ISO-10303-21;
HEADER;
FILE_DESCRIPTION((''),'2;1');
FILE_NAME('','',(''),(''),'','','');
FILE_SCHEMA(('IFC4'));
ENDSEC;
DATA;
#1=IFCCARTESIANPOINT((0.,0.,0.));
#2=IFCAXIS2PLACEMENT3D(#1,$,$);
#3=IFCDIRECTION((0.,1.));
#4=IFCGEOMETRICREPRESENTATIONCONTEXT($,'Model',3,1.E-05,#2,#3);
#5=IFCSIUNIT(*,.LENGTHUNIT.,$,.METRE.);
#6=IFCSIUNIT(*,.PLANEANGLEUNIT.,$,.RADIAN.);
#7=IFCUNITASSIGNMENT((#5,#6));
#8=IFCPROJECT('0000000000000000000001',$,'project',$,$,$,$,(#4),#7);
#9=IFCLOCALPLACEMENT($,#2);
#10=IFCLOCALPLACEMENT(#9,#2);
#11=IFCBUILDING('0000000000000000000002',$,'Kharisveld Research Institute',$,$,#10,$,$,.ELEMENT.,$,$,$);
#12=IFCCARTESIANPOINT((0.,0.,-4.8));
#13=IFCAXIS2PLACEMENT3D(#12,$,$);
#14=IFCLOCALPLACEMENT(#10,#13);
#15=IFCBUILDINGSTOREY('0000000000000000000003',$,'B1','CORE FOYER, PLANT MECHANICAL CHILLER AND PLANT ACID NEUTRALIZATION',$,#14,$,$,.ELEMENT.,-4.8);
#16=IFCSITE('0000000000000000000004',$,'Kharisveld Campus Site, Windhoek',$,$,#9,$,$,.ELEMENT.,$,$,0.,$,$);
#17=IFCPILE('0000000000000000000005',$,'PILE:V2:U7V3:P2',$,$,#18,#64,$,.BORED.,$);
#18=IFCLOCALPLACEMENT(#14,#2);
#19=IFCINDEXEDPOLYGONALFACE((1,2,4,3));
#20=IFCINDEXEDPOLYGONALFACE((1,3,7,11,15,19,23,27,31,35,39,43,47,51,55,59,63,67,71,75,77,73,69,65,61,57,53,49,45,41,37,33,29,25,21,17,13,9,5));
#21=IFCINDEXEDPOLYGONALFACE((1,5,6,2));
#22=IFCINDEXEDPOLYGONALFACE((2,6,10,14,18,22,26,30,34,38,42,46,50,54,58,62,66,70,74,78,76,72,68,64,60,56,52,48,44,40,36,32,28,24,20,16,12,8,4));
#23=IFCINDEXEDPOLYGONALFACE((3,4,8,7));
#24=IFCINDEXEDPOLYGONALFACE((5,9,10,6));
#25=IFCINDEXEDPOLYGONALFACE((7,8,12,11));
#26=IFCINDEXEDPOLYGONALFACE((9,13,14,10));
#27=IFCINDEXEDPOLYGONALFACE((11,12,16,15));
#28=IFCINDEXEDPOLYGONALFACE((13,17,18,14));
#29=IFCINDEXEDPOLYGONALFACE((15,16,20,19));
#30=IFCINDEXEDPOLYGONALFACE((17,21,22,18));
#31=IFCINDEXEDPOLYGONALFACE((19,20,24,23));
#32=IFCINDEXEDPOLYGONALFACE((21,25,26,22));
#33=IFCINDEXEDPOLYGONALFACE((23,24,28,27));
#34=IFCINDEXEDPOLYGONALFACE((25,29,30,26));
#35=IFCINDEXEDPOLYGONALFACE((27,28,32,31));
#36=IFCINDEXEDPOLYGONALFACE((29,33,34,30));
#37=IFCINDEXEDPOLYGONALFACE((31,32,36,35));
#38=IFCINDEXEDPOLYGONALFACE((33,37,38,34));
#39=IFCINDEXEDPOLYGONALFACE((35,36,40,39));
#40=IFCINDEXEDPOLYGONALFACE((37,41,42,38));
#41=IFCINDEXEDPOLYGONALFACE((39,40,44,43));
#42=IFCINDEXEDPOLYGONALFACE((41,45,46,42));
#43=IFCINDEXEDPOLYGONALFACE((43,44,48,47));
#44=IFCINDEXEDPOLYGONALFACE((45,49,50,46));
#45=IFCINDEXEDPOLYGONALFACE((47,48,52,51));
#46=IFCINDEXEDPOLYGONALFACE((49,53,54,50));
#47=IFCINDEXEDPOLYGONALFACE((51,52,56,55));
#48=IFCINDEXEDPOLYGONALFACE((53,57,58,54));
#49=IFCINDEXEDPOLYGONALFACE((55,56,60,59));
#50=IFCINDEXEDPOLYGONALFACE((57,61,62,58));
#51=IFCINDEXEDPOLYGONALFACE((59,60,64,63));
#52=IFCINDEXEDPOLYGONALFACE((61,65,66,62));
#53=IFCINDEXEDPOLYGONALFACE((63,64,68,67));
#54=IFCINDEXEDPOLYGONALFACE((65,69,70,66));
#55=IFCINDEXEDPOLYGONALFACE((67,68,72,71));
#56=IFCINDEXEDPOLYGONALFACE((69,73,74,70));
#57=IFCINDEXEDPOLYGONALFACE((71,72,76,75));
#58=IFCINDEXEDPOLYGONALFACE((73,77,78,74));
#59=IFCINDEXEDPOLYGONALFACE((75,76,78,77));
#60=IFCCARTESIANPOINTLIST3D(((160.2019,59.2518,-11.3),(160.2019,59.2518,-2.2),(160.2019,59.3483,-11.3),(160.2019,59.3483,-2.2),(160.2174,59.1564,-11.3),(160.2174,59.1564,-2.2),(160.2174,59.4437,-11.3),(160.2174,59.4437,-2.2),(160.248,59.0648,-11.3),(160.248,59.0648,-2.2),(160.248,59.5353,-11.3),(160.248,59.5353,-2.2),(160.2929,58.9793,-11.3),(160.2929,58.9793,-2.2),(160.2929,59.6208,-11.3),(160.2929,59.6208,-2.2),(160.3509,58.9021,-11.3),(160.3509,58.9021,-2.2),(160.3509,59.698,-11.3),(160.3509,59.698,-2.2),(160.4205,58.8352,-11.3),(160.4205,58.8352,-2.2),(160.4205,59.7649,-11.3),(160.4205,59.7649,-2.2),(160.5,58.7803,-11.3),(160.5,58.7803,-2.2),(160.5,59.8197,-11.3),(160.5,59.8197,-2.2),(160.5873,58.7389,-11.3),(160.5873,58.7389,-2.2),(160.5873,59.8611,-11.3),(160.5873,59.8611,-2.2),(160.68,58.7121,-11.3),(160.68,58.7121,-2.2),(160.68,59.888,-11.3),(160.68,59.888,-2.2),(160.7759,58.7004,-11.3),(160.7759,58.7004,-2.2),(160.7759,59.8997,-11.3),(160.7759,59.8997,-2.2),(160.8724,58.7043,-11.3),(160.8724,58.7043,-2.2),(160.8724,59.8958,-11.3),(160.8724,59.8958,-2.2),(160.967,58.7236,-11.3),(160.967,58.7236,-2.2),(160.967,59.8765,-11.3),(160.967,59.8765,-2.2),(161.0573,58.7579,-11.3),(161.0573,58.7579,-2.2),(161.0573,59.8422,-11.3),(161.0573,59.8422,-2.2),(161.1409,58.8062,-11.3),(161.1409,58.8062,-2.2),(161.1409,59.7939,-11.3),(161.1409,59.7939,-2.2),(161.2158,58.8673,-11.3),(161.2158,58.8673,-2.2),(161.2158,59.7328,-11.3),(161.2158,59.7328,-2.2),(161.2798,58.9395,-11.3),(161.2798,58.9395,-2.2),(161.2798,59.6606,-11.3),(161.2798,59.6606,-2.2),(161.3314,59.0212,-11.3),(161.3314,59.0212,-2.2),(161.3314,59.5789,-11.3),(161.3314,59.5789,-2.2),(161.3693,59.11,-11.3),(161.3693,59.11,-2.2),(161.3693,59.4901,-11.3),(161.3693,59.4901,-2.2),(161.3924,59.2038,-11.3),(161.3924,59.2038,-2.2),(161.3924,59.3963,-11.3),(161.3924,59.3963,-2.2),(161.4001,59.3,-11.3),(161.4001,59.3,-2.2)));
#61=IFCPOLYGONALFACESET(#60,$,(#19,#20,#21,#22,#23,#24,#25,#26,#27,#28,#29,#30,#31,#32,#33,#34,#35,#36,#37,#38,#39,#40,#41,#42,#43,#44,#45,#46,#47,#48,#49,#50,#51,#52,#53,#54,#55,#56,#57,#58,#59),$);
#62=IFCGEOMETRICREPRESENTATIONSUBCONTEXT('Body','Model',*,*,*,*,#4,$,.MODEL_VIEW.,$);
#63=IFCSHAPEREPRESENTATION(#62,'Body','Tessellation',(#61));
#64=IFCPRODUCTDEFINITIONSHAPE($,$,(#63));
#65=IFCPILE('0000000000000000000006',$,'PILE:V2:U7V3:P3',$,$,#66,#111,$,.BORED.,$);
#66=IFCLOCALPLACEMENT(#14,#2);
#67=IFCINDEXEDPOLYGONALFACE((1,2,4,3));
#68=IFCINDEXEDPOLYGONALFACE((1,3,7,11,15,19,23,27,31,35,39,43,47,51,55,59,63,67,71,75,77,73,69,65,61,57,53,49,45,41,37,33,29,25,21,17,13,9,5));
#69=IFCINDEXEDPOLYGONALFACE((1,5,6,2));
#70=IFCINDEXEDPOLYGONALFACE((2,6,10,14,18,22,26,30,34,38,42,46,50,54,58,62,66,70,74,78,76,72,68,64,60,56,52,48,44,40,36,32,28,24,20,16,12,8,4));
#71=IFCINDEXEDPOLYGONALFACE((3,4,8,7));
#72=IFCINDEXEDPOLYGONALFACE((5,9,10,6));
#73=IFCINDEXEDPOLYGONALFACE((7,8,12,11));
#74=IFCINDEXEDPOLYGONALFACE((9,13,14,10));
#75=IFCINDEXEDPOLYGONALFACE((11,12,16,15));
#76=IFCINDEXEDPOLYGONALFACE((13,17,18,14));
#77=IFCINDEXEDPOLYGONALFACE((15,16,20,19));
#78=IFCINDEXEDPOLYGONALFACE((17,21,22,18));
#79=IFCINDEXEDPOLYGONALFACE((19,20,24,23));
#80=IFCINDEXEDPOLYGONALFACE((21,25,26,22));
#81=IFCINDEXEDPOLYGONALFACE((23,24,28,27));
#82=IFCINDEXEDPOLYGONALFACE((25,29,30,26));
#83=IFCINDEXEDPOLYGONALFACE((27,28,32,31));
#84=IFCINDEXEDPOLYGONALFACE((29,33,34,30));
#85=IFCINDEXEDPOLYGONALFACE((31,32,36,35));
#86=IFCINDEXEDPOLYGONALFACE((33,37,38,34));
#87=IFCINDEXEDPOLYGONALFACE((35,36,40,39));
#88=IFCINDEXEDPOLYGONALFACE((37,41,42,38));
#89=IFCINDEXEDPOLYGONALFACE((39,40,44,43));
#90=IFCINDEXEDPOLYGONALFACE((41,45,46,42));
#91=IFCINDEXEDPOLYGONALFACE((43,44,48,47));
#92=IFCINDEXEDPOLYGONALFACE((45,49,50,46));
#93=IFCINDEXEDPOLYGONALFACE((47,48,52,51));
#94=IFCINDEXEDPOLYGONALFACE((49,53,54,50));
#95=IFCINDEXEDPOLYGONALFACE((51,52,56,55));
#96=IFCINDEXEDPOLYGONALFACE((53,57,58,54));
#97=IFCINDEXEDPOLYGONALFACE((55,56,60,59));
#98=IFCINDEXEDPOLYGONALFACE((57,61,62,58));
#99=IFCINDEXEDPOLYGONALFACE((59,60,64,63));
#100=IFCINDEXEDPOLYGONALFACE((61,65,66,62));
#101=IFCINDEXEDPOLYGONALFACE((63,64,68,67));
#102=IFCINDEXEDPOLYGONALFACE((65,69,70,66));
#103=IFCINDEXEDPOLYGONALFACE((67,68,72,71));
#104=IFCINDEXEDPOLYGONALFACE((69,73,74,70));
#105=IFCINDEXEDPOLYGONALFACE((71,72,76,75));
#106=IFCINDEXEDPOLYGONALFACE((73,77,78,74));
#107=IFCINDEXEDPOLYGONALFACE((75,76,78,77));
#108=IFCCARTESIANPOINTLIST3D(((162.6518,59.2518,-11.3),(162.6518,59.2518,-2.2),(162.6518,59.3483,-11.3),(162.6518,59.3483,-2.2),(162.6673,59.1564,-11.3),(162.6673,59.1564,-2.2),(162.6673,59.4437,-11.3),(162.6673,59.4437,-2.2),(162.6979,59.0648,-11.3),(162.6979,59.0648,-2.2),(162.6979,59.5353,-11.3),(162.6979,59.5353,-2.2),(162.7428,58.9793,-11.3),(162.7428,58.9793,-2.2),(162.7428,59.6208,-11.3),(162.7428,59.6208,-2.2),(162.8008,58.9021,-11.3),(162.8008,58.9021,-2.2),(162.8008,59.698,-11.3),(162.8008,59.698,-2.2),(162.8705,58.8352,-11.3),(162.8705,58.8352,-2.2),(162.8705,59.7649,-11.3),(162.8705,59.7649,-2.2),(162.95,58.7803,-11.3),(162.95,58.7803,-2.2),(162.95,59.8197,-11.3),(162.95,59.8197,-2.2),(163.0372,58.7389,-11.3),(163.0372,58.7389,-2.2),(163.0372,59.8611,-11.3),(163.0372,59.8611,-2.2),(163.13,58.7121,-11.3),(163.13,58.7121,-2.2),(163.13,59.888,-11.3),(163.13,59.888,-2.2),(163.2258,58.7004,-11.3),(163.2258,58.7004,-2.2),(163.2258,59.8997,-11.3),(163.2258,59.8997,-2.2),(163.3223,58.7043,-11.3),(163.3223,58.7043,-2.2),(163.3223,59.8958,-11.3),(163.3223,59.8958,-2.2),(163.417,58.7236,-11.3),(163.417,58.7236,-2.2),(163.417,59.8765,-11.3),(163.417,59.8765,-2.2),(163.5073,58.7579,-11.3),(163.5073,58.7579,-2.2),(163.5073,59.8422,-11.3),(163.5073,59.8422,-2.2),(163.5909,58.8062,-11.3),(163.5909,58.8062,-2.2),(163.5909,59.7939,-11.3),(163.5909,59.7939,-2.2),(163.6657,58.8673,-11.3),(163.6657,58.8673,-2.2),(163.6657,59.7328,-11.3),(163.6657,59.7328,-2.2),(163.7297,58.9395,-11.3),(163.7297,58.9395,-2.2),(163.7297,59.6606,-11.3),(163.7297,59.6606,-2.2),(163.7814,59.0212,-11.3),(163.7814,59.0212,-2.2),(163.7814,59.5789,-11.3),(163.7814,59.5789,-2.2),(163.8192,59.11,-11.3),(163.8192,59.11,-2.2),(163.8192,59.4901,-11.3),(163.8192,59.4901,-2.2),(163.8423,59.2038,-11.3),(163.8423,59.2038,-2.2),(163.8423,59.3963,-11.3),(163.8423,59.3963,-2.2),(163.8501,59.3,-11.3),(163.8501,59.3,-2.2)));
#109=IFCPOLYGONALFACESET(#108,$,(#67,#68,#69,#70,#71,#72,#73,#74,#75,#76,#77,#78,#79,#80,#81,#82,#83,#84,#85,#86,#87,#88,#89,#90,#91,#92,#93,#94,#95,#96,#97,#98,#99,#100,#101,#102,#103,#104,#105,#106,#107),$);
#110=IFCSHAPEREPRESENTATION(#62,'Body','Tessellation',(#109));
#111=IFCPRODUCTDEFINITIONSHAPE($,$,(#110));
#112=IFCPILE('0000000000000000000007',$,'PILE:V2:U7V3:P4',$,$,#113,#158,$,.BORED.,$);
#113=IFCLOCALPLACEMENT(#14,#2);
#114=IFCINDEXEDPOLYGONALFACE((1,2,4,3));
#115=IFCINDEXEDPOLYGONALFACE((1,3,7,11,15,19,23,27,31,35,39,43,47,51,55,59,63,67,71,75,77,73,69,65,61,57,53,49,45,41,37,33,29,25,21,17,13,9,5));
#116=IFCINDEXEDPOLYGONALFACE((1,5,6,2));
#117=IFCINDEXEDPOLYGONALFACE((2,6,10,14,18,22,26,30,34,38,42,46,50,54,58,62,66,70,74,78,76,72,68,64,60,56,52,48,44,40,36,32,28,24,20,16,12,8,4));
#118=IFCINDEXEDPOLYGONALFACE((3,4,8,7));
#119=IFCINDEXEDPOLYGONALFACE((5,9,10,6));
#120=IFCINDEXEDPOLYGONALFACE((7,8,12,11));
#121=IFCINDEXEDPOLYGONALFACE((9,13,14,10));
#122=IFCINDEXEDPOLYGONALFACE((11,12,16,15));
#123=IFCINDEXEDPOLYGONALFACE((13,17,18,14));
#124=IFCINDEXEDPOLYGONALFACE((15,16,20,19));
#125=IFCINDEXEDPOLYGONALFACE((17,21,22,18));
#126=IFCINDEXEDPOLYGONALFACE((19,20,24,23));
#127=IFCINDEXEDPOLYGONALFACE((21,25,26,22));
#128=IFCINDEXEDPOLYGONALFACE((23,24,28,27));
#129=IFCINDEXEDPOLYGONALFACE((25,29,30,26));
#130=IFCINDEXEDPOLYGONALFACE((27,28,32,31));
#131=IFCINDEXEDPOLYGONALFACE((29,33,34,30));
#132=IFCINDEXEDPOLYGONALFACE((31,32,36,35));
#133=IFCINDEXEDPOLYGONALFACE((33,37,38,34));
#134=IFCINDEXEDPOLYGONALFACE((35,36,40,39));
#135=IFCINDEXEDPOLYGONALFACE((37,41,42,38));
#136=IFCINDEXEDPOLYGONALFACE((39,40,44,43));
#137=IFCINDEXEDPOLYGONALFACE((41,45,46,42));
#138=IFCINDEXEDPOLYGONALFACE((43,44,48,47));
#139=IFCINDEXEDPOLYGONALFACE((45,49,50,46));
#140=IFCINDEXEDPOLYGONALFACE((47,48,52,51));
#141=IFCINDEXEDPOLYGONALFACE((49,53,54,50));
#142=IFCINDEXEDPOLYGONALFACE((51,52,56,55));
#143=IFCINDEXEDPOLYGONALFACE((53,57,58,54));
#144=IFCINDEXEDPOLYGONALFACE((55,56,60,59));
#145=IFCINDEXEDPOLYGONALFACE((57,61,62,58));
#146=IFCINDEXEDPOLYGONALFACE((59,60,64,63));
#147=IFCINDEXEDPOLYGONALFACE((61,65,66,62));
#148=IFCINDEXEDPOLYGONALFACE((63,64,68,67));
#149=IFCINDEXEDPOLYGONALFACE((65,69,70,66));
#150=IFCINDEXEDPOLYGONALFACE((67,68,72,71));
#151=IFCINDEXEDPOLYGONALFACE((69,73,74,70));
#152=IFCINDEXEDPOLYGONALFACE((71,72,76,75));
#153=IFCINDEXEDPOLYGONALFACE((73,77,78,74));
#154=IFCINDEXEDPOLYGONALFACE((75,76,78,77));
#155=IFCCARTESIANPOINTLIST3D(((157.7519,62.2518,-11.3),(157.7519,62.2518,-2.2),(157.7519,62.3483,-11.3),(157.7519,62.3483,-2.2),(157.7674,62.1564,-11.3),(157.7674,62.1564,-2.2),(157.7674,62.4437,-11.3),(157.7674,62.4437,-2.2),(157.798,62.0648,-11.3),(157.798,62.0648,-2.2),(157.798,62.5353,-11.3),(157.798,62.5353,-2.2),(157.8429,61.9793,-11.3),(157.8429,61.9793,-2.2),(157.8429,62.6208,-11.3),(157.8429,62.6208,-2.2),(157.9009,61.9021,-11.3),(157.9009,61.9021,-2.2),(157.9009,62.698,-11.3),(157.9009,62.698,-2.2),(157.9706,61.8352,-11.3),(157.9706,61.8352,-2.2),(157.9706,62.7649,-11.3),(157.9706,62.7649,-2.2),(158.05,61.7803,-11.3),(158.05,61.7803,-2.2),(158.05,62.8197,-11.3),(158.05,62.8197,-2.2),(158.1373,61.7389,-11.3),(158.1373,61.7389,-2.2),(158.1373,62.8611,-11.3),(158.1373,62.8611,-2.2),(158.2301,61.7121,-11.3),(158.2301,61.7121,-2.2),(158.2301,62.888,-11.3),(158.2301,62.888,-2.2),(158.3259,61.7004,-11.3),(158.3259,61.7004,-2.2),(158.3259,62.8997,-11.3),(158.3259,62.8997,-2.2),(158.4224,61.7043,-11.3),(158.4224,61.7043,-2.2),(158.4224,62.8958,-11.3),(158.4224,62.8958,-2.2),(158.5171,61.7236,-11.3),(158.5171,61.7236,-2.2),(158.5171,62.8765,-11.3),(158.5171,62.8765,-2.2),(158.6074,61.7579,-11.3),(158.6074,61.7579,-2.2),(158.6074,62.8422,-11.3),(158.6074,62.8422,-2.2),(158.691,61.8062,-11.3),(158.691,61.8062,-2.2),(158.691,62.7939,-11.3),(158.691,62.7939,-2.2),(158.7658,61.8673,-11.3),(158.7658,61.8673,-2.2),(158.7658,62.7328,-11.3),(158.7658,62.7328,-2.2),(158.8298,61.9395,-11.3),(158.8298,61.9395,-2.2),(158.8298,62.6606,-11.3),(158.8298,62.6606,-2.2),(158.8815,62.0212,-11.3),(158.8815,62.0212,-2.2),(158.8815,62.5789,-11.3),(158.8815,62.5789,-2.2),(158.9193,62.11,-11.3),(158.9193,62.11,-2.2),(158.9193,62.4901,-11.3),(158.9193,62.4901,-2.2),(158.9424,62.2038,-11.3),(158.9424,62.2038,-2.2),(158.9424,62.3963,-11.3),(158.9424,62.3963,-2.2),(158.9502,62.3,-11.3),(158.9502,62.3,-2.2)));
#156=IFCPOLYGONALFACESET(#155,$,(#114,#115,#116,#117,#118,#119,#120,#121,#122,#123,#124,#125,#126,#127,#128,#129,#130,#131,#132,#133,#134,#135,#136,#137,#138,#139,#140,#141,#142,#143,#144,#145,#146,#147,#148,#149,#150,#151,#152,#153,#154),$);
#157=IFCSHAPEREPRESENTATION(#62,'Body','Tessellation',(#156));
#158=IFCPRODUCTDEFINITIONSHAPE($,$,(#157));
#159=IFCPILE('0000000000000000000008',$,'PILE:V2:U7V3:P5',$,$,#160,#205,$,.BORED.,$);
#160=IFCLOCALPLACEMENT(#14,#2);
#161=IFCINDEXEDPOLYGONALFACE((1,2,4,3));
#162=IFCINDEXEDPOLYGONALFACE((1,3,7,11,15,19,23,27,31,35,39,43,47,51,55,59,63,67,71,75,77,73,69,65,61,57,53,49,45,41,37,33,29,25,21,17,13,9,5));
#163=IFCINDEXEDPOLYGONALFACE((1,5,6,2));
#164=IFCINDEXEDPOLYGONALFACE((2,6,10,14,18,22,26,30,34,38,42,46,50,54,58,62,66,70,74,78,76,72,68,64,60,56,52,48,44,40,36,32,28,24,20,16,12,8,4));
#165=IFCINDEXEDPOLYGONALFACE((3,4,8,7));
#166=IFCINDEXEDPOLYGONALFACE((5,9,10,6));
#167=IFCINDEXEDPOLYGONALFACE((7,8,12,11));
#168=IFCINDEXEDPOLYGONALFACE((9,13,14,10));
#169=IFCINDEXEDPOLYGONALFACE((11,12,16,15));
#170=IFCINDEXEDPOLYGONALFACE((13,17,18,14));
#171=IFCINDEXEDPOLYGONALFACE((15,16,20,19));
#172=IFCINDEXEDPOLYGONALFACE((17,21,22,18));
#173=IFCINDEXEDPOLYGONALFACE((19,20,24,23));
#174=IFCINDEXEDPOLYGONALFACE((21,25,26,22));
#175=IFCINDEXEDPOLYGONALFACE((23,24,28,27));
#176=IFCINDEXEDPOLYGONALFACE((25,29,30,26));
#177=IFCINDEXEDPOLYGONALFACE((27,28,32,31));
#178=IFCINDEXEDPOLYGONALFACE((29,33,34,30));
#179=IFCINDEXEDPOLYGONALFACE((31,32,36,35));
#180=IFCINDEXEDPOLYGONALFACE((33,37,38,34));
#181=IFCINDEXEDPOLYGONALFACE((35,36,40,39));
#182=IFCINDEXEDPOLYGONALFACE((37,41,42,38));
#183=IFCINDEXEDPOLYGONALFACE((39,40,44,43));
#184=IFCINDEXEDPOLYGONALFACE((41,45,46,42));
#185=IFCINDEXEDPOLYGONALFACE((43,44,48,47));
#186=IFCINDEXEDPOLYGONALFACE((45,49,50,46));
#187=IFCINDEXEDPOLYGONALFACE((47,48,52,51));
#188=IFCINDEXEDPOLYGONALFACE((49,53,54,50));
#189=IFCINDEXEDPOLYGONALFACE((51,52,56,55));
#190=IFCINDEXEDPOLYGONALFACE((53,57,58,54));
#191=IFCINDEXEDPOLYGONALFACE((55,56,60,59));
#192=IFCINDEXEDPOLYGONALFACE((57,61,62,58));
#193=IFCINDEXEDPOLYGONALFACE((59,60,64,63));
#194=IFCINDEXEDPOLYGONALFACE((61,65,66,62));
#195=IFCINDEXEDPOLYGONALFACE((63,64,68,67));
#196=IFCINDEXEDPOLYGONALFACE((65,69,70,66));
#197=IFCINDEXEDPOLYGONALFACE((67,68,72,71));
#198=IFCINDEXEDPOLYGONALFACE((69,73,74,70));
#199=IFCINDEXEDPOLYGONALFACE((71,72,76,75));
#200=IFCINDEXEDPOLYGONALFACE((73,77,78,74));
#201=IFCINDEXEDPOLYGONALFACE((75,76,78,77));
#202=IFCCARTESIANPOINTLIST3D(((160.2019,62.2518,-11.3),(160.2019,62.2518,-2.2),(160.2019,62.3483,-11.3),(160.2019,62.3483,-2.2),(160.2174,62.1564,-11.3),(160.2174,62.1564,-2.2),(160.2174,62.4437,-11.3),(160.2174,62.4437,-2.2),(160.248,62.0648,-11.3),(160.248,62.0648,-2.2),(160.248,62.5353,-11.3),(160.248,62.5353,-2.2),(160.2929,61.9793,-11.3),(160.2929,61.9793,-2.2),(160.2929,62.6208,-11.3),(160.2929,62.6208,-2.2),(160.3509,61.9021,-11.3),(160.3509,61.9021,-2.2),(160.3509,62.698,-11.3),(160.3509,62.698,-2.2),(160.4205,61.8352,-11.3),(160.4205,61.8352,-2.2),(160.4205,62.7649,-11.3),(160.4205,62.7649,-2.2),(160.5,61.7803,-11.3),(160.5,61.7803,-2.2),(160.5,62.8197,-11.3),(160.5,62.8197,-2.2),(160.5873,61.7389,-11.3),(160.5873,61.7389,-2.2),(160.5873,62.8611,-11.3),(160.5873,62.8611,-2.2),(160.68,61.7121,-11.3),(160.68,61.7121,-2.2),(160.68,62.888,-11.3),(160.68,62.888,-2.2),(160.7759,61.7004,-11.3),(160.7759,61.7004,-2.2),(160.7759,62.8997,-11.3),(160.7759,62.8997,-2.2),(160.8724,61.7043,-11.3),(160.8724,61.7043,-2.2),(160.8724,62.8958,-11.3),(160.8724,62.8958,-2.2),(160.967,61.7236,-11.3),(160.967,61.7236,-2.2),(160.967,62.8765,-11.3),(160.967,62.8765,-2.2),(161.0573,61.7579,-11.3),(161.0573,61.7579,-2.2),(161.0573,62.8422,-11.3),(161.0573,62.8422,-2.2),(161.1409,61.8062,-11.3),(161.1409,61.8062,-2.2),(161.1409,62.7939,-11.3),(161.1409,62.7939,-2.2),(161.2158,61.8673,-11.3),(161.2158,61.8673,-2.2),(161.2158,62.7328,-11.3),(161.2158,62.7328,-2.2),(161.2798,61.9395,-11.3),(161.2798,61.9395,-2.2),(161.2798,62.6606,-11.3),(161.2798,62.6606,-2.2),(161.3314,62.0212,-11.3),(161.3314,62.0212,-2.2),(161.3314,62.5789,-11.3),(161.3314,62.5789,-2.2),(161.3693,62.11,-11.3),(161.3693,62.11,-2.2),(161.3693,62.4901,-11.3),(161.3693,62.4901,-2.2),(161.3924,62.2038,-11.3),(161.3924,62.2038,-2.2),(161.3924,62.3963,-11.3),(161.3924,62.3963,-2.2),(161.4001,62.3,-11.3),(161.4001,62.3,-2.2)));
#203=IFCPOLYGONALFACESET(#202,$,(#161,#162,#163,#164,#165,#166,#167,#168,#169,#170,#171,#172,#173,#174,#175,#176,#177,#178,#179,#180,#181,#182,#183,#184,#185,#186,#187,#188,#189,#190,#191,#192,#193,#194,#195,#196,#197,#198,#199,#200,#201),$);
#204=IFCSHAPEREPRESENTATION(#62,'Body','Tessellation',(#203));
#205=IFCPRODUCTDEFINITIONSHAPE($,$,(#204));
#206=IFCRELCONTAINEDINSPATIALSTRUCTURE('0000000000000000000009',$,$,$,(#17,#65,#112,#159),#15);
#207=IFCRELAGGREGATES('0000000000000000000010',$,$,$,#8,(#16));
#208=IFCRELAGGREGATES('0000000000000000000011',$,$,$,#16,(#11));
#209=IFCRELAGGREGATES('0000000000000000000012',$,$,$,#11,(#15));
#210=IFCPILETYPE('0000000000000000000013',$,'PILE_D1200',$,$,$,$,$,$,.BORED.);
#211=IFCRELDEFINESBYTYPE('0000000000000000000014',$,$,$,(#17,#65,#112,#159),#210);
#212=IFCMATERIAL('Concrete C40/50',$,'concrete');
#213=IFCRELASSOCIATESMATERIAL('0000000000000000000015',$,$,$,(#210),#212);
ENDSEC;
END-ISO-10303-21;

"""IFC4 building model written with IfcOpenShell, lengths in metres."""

from ifc_helpers import new_model, si_unit, direction, frame, origin, origin_2d, place, context, subcontext, project, spatial, circle, extrude, material, material_profile, profile_set, type_object, element, save


model = new_model("IFC4")

# Units and contexts
model_context = context("Model", 3, precision=1e-05, world=origin(), true_north=direction((0.0, 1.0)))
body_context = subcontext(model_context, "Body", "Model", "MODEL_VIEW")
ifc_project = project(units=[si_unit("LENGTHUNIT", "METRE"), si_unit("PLANEANGLEUNIT", "RADIAN")], contexts=[model_context])

# Site, building, storey
site_placement = place(None, origin())
site = spatial("IfcSite", under=ifc_project, at=site_placement, Name="Kharisveld Campus Site, Windhoek", CompositionType="ELEMENT", RefElevation=0.0)
building_placement = place(site_placement, origin())
building = spatial("IfcBuilding", under=site, at=building_placement, Name="Kharisveld Research Institute", CompositionType="ELEMENT")
storey_placement = place(building_placement, frame((0.0, 0.0, -4.8)))
storey = spatial("IfcBuildingStorey", under=building, at=storey_placement, Name="B1", Description="CORE FOYER, PLANT MECHANICAL CHILLER AND PLANT ACID NEUTRALIZATION", CompositionType="ELEMENT", Elevation=-4.8)

# Piles
ifc_material_1 = material(Name="Concrete C40/50", Category="concrete")
ifc_material_profile_1 = material_profile(ifc_material_1, circle(Radius=0.6001, at=origin_2d()))
ifc_profile_set_1 = profile_set([ifc_material_profile_1], Name="Concrete C40/50")
pile_type_1 = type_object("IfcPileType", Name="PILE_D1200", PredefinedType="BORED", material=ifc_profile_set_1)
for number, where, z_axis, x_axis, name in (
    (1, (160.8, 59.3, -2.2), (0.0, 0.0, -1.0), (1.0, 0.0, 0.0), "PILE:V2:U7V3:P2"),
    (2, (163.25, 59.3, -2.2), (0.0, 0.0, -1.0), (1.0, 0.0, 0.0), "PILE:V2:U7V3:P3"),
    (3, (158.3501, 62.3, -2.2), (0.0, 0.0, -1.0), (1.0, 0.0, 0.0), "PILE:V2:U7V3:P4"),
    (4, (160.8, 62.3, -2.2), (0.0, 0.0, -1.0), (1.0, 0.0, 0.0), "PILE:V2:U7V3:P5"),
):
    element("IfcPile", number, at=place(storey_placement, frame(where, z_axis=z_axis, x_axis=x_axis)), inside=storey, type_object=pile_type_1, Name=name, PredefinedType="BORED", context=body_context, shape_type="SweptSolid", body=[
        extrude(circle(Radius=0.6001, at=origin_2d()), origin(), (0.0, 0.0, 1.0), 9.1001),
    ])

save(model, "model.ifc")
